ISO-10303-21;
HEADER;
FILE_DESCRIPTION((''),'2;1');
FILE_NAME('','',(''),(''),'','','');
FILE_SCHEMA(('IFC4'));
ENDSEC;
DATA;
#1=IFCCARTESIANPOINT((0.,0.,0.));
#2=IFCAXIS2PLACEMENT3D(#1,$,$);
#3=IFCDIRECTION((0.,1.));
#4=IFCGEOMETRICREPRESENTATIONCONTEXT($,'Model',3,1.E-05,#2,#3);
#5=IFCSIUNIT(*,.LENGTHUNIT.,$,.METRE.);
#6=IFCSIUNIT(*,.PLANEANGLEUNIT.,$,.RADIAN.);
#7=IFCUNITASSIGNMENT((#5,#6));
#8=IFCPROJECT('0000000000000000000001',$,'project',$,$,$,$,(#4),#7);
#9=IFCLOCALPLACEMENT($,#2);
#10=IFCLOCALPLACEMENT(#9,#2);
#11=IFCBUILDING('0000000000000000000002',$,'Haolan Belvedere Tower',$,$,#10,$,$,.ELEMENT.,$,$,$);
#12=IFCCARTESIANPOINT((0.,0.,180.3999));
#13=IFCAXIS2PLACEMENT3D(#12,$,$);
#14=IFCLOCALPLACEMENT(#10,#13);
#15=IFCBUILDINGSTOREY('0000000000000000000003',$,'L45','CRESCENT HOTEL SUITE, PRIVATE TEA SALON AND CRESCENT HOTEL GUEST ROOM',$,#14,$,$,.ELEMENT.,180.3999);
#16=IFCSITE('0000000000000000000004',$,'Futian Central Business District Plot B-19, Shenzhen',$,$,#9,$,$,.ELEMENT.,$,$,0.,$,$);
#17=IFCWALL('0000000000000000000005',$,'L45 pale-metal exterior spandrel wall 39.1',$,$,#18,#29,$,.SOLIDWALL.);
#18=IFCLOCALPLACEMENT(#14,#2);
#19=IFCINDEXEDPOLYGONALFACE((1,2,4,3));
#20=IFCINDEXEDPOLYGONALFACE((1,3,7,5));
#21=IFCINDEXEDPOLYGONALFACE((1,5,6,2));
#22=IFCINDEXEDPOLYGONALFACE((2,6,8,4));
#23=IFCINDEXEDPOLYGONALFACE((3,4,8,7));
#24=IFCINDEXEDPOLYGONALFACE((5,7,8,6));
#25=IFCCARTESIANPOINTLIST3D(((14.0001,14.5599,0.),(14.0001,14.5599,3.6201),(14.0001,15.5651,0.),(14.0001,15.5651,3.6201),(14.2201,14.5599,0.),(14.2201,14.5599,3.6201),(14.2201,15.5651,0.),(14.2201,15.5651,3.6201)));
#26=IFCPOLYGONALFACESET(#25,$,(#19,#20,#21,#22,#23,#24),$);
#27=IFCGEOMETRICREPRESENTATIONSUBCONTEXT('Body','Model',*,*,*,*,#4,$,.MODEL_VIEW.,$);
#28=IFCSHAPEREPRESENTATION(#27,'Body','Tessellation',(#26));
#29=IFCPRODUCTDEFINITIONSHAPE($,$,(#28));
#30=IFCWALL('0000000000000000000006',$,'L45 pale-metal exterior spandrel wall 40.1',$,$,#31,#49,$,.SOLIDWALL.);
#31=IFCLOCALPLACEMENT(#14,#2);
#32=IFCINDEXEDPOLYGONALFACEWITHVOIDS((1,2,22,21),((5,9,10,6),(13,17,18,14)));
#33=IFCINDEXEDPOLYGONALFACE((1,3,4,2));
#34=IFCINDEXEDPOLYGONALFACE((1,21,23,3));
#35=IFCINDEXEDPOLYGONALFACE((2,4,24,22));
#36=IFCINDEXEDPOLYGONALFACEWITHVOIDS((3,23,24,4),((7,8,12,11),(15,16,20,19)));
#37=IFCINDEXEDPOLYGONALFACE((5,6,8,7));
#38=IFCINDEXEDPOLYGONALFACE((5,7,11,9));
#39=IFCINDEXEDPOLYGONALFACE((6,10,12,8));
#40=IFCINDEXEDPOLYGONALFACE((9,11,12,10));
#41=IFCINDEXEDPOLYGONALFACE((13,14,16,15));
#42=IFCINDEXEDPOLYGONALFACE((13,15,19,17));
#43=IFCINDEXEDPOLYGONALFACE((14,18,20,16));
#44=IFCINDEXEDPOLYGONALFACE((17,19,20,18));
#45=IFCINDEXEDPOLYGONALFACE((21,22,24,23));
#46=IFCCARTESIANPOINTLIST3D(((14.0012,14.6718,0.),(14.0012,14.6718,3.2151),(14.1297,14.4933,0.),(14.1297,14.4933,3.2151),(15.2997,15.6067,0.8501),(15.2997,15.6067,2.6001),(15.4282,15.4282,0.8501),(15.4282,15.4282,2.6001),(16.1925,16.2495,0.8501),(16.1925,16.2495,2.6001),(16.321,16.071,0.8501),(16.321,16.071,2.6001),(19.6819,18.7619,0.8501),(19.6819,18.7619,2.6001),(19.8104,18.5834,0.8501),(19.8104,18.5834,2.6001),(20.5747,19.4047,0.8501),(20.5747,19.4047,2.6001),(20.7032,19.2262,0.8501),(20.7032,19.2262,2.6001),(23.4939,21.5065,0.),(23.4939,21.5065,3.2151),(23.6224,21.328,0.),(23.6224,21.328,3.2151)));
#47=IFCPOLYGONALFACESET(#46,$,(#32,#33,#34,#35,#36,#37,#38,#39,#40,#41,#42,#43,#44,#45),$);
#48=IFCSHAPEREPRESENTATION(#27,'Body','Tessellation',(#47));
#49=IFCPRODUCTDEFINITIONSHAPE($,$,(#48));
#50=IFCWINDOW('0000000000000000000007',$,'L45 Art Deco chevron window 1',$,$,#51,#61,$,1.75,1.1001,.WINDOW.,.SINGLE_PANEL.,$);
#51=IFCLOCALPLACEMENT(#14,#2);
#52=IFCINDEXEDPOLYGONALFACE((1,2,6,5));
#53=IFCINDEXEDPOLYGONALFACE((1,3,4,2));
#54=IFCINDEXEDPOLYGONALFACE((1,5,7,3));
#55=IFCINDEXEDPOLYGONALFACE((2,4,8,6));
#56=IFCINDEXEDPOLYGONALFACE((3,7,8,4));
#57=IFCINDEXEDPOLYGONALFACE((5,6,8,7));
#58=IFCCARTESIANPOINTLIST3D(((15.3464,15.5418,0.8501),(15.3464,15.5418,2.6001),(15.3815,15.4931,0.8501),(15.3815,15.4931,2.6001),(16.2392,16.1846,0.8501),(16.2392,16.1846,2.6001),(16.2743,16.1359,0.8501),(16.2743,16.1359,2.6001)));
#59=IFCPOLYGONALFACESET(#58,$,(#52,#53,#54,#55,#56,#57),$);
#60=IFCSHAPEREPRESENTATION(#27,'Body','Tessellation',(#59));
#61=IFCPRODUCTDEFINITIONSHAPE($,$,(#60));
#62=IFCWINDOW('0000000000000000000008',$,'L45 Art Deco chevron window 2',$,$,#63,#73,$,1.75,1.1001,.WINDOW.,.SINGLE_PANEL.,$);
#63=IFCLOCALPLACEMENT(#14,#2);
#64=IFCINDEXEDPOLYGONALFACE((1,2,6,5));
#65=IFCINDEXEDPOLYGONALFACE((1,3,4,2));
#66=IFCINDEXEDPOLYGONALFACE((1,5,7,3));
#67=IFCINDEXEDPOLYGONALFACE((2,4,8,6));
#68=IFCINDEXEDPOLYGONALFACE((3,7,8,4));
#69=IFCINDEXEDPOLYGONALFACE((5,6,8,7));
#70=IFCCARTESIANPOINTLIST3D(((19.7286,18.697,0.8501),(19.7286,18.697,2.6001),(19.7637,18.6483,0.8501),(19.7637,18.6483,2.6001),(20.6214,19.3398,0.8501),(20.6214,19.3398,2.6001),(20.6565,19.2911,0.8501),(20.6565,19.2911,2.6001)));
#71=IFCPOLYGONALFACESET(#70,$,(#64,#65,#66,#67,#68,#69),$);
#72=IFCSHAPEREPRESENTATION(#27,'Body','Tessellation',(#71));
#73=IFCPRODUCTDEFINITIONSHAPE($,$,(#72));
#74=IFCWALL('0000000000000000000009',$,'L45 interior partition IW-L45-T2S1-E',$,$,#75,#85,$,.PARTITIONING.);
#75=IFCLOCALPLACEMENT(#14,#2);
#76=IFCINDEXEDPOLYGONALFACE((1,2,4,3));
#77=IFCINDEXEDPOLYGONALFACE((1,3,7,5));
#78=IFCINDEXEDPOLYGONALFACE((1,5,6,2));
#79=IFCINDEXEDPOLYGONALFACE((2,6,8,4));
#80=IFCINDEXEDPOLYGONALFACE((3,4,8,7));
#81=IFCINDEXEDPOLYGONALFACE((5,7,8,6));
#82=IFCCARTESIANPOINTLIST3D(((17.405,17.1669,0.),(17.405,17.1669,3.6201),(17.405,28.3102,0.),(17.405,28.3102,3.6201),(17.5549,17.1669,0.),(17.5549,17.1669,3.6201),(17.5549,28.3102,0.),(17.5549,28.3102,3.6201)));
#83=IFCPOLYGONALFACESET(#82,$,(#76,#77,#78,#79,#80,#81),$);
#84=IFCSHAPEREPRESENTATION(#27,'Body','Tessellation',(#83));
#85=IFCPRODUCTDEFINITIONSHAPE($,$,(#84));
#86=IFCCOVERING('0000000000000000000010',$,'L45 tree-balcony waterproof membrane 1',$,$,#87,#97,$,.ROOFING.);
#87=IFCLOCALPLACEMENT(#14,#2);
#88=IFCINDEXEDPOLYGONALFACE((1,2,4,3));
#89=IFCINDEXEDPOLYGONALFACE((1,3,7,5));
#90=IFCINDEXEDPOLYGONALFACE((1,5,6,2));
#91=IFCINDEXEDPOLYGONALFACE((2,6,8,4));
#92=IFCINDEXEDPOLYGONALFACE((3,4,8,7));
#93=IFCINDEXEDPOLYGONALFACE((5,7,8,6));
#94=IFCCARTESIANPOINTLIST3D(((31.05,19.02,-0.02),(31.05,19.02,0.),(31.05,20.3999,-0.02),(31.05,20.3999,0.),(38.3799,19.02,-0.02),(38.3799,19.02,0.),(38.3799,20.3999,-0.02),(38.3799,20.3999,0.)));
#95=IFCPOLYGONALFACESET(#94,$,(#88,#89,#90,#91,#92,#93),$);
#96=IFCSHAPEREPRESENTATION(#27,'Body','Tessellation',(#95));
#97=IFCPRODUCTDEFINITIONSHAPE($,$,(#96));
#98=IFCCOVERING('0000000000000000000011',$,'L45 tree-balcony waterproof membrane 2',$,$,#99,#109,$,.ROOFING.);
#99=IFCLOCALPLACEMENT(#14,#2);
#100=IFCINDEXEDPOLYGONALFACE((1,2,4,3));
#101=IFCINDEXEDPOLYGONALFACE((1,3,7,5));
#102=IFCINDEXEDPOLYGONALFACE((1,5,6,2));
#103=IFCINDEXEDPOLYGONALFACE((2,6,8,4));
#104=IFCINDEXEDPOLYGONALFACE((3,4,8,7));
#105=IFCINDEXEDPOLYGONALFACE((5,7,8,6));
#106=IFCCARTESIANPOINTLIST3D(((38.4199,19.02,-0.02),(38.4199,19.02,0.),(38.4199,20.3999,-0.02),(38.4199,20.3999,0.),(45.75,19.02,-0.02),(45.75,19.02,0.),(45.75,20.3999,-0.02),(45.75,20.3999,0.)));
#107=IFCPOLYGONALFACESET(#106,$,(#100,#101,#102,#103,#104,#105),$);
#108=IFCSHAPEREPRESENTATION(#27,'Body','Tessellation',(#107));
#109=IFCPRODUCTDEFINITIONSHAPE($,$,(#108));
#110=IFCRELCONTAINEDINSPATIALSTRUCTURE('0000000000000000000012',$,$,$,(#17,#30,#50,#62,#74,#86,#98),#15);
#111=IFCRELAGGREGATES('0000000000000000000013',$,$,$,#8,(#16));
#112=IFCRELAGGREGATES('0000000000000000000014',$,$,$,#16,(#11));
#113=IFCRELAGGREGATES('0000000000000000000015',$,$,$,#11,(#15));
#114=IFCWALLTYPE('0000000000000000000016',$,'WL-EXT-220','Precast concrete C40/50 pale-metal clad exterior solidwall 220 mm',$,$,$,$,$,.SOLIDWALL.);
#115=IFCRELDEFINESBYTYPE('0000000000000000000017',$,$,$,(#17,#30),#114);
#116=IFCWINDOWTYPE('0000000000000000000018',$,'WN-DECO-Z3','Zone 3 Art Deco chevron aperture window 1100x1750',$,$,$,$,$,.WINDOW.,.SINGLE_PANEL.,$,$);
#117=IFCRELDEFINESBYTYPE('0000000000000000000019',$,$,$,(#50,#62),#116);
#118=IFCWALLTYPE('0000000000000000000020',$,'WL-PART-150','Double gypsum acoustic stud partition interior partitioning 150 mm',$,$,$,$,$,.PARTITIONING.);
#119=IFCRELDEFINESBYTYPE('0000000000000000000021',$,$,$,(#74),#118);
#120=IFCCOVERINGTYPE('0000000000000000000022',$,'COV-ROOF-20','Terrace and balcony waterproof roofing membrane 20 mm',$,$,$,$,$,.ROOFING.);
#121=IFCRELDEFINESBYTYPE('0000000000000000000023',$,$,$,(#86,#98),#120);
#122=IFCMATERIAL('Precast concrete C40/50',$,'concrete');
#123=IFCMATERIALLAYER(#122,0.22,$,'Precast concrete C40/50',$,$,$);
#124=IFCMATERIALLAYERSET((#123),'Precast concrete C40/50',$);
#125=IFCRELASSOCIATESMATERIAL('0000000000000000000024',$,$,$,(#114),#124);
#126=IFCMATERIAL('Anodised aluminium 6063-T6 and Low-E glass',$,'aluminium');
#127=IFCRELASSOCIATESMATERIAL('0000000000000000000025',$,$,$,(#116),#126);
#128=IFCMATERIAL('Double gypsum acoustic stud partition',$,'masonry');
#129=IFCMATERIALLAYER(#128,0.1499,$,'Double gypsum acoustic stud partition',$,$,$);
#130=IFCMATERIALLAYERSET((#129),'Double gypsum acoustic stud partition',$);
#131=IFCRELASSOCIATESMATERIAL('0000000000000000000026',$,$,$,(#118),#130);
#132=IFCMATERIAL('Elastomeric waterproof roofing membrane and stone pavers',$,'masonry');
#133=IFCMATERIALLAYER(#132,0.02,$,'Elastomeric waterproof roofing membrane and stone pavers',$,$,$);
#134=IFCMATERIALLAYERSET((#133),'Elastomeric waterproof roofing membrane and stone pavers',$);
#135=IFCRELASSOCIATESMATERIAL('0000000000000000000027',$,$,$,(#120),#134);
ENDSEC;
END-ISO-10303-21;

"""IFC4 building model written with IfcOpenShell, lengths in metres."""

from ifc_helpers import new_model, si_unit, direction, frame, frame_2d, origin, place, context, subcontext, project, spatial, polyline, rectangle, outline, extrude, material, layer, layer_set, type_object, element, fill, save


model = new_model("IFC4")

# Units and contexts
model_context = context("Model", 3, precision=1e-05, world=origin(), true_north=direction((0.0, 1.0)))
body_context = subcontext(model_context, "Body", "Model", "MODEL_VIEW")
ifc_project = project(units=[si_unit("LENGTHUNIT", "METRE"), si_unit("PLANEANGLEUNIT", "RADIAN")], contexts=[model_context])

# Site, building, storey
site_placement = place(None, origin())
site = spatial("IfcSite", under=ifc_project, at=site_placement, Name="Futian Central Business District Plot B-19, Shenzhen", CompositionType="ELEMENT", RefElevation=0.0)
building_placement = place(site_placement, origin())
building = spatial("IfcBuilding", under=site, at=building_placement, Name="Haolan Belvedere Tower", CompositionType="ELEMENT")
storey_placement = place(building_placement, frame((0.0, 0.0, 180.3999)))
storey = spatial("IfcBuildingStorey", under=building, at=storey_placement, Name="L45", Description="CRESCENT HOTEL SUITE, PRIVATE TEA SALON AND CRESCENT HOTEL GUEST ROOM", CompositionType="ELEMENT", Elevation=180.3999)

# Wall
ifc_material_1 = material(Name="Precast concrete C40/50", Category="concrete")
ifc_layer_1 = layer(ifc_material_1, 0.22, Name="Precast concrete C40/50")
ifc_layer_set_1 = layer_set([ifc_layer_1], Name="Precast concrete C40/50")
wall_type_1 = type_object("IfcWallType", Name="WL-EXT-220", Description="Precast concrete C40/50 pale-metal clad exterior solidwall 220 mm", PredefinedType="SOLIDWALL", material=ifc_layer_set_1)
wall_1_placement = place(storey_placement, frame((14.1101, 15.5649, 0.0), z_axis=(0.0, 0.0, 1.0), x_axis=(0.0, -1.0, 0.0)))
element("IfcWall", 1, at=wall_1_placement, inside=storey, type_object=wall_type_1, Name="L45 pale-metal exterior spandrel wall 39.1", PredefinedType="SOLIDWALL", context=body_context, shape_type="SweptSolid", body=[
    extrude(rectangle(XDim=1.0051, YDim=0.22, at=frame_2d((0.5024, 0.0))), origin(), (0.0, 0.0, 1.0), 3.6201),
])

# Wall, openings, windows
wall_2_placement = place(storey_placement, frame((14.0654, 14.5825, 0.0), z_axis=(0.0, 0.0, 1.0), x_axis=(0.811535, 0.584304, 0.0)))
wall_2 = element("IfcWall", 2, at=wall_2_placement, inside=storey, type_object=wall_type_1, Name="L45 pale-metal exterior spandrel wall 40.1", PredefinedType="SOLIDWALL", context=body_context, shape_type="SweptSolid", body=[
    extrude(rectangle(XDim=11.6973, YDim=0.22, at=frame_2d((5.8486, 0.0))), origin(), (0.0, 0.0, 1.0), 3.2151),
])
opening_1_placement = place(wall_2_placement, frame((1.6001, 0.0, 0.8501)))
opening_1 = element("IfcOpeningElement", 3, at=opening_1_placement, cuts=wall_2, PredefinedType="OPENING", context=body_context, shape_type="SweptSolid", body=[
    extrude(rectangle(XDim=1.1001, YDim=1.75, at=frame_2d((0.55, 0.875))), frame((0.0, 0.1199, 0.0), z_axis=(0.0, -1.0, 0.0), x_axis=(1.0, 0.0, 0.0)), (0.0, 0.0, 1.0), 0.24),
])
opening_2_placement = place(wall_2_placement, frame((7.0, 0.0, 0.8501)))
opening_2 = element("IfcOpeningElement", 4, at=opening_2_placement, cuts=wall_2, PredefinedType="OPENING", context=body_context, shape_type="SweptSolid", body=[
    extrude(rectangle(XDim=1.1001, YDim=1.75, at=frame_2d((0.55, 0.875))), frame((0.0, 0.1199, 0.0), z_axis=(0.0, -1.0, 0.0), x_axis=(1.0, 0.0, 0.0)), (0.0, 0.0, 1.0), 0.24),
])
ifc_material_2 = material(Name="Anodised aluminium 6063-T6 and Low-E glass", Category="aluminium")
window_type = type_object("IfcWindowType", Name="WN-DECO-Z3", Description="Zone 3 Art Deco chevron aperture window 1100x1750", PartitioningType="SINGLE_PANEL", PredefinedType="WINDOW", material=ifc_material_2)
window_1_placement = place(opening_1_placement, origin())
window_1 = element("IfcWindow", 5, at=window_1_placement, inside=storey, type_object=window_type, Name="L45 Art Deco chevron window 1", OverallHeight=1.75, OverallWidth=1.1001, PartitioningType="SINGLE_PANEL", PredefinedType="WINDOW", context=body_context, shape_type="SweptSolid", body=[
    extrude(rectangle(XDim=1.1001, YDim=1.75, at=frame_2d((0.55, 0.875))), frame((0.0, 0.03, 0.0), z_axis=(0.0, -1.0, 0.0), x_axis=(1.0, 0.0, 0.0)), (0.0, 0.0, 1.0), 0.0601),
])
fill(opening_1, window_1)
window_2_placement = place(opening_2_placement, origin())
window_2 = element("IfcWindow", 6, at=window_2_placement, inside=storey, type_object=window_type, Name="L45 Art Deco chevron window 2", OverallHeight=1.75, OverallWidth=1.1001, PartitioningType="SINGLE_PANEL", PredefinedType="WINDOW", context=body_context, shape_type="SweptSolid", body=[
    extrude(rectangle(XDim=1.1001, YDim=1.75, at=frame_2d((0.55, 0.875))), frame((0.0, 0.03, 0.0), z_axis=(0.0, -1.0, 0.0), x_axis=(1.0, 0.0, 0.0)), (0.0, 0.0, 1.0), 0.0601),
])
fill(opening_2, window_2)

# Wall
ifc_material_3 = material(Name="Double gypsum acoustic stud partition", Category="masonry")
ifc_layer_2 = layer(ifc_material_3, 0.1499, Name="Double gypsum acoustic stud partition")
ifc_layer_set_2 = layer_set([ifc_layer_2], Name="Double gypsum acoustic stud partition")
wall_type_2 = type_object("IfcWallType", Name="WL-PART-150", Description="Double gypsum acoustic stud partition interior partitioning 150 mm", PredefinedType="PARTITIONING", material=ifc_layer_set_2)
wall_3_placement = place(storey_placement, frame((17.48, 17.1667, 0.0), z_axis=(0.0, 0.0, 1.0), x_axis=(0.0, 1.0, 0.0)))
element("IfcWall", 7, at=wall_3_placement, inside=storey, type_object=wall_type_2, Name="L45 interior partition IW-L45-T2S1-E", PredefinedType="PARTITIONING", context=body_context, shape_type="SweptSolid", body=[
    extrude(rectangle(XDim=11.1433, YDim=0.1499, at=frame_2d((5.5718, 0.0))), origin(), (0.0, 0.0, 1.0), 3.6201),
])

# Coverings
ifc_material_4 = material(Name="Elastomeric waterproof roofing membrane and stone pavers", Category="masonry")
ifc_layer_3 = layer(ifc_material_4, 0.02, Name="Elastomeric waterproof roofing membrane and stone pavers")
ifc_layer_set_3 = layer_set([ifc_layer_3], Name="Elastomeric waterproof roofing membrane and stone pavers")
covering_type = type_object("IfcCoveringType", Name="COV-ROOF-20", Description="Terrace and balcony waterproof roofing membrane 20 mm", PredefinedType="ROOFING", material=ifc_layer_set_3)
covering_1_placement = place(storey_placement, frame((0.0, 0.0, -0.02)))
element("IfcCovering", 8, at=covering_1_placement, inside=storey, type_object=covering_type, Name="L45 tree-balcony waterproof membrane 1", PredefinedType="ROOFING", context=body_context, shape_type="SweptSolid", body=[
    extrude(outline(polyline([(31.05, 19.02), (38.3799, 19.02), (38.3799, 20.3999), (31.05, 20.3999), (31.05, 19.02)])), origin(), (0.0, 0.0, 1.0), 0.02),
])
covering_2_placement = place(storey_placement, frame((0.0, 0.0, -0.02)))
element("IfcCovering", 9, at=covering_2_placement, inside=storey, type_object=covering_type, Name="L45 tree-balcony waterproof membrane 2", PredefinedType="ROOFING", context=body_context, shape_type="SweptSolid", body=[
    extrude(outline(polyline([(38.4199, 19.02), (45.75, 19.02), (45.75, 20.3999), (38.4199, 20.3999), (38.4199, 19.02)])), origin(), (0.0, 0.0, 1.0), 0.02),
])

save(model, "model.ifc")
